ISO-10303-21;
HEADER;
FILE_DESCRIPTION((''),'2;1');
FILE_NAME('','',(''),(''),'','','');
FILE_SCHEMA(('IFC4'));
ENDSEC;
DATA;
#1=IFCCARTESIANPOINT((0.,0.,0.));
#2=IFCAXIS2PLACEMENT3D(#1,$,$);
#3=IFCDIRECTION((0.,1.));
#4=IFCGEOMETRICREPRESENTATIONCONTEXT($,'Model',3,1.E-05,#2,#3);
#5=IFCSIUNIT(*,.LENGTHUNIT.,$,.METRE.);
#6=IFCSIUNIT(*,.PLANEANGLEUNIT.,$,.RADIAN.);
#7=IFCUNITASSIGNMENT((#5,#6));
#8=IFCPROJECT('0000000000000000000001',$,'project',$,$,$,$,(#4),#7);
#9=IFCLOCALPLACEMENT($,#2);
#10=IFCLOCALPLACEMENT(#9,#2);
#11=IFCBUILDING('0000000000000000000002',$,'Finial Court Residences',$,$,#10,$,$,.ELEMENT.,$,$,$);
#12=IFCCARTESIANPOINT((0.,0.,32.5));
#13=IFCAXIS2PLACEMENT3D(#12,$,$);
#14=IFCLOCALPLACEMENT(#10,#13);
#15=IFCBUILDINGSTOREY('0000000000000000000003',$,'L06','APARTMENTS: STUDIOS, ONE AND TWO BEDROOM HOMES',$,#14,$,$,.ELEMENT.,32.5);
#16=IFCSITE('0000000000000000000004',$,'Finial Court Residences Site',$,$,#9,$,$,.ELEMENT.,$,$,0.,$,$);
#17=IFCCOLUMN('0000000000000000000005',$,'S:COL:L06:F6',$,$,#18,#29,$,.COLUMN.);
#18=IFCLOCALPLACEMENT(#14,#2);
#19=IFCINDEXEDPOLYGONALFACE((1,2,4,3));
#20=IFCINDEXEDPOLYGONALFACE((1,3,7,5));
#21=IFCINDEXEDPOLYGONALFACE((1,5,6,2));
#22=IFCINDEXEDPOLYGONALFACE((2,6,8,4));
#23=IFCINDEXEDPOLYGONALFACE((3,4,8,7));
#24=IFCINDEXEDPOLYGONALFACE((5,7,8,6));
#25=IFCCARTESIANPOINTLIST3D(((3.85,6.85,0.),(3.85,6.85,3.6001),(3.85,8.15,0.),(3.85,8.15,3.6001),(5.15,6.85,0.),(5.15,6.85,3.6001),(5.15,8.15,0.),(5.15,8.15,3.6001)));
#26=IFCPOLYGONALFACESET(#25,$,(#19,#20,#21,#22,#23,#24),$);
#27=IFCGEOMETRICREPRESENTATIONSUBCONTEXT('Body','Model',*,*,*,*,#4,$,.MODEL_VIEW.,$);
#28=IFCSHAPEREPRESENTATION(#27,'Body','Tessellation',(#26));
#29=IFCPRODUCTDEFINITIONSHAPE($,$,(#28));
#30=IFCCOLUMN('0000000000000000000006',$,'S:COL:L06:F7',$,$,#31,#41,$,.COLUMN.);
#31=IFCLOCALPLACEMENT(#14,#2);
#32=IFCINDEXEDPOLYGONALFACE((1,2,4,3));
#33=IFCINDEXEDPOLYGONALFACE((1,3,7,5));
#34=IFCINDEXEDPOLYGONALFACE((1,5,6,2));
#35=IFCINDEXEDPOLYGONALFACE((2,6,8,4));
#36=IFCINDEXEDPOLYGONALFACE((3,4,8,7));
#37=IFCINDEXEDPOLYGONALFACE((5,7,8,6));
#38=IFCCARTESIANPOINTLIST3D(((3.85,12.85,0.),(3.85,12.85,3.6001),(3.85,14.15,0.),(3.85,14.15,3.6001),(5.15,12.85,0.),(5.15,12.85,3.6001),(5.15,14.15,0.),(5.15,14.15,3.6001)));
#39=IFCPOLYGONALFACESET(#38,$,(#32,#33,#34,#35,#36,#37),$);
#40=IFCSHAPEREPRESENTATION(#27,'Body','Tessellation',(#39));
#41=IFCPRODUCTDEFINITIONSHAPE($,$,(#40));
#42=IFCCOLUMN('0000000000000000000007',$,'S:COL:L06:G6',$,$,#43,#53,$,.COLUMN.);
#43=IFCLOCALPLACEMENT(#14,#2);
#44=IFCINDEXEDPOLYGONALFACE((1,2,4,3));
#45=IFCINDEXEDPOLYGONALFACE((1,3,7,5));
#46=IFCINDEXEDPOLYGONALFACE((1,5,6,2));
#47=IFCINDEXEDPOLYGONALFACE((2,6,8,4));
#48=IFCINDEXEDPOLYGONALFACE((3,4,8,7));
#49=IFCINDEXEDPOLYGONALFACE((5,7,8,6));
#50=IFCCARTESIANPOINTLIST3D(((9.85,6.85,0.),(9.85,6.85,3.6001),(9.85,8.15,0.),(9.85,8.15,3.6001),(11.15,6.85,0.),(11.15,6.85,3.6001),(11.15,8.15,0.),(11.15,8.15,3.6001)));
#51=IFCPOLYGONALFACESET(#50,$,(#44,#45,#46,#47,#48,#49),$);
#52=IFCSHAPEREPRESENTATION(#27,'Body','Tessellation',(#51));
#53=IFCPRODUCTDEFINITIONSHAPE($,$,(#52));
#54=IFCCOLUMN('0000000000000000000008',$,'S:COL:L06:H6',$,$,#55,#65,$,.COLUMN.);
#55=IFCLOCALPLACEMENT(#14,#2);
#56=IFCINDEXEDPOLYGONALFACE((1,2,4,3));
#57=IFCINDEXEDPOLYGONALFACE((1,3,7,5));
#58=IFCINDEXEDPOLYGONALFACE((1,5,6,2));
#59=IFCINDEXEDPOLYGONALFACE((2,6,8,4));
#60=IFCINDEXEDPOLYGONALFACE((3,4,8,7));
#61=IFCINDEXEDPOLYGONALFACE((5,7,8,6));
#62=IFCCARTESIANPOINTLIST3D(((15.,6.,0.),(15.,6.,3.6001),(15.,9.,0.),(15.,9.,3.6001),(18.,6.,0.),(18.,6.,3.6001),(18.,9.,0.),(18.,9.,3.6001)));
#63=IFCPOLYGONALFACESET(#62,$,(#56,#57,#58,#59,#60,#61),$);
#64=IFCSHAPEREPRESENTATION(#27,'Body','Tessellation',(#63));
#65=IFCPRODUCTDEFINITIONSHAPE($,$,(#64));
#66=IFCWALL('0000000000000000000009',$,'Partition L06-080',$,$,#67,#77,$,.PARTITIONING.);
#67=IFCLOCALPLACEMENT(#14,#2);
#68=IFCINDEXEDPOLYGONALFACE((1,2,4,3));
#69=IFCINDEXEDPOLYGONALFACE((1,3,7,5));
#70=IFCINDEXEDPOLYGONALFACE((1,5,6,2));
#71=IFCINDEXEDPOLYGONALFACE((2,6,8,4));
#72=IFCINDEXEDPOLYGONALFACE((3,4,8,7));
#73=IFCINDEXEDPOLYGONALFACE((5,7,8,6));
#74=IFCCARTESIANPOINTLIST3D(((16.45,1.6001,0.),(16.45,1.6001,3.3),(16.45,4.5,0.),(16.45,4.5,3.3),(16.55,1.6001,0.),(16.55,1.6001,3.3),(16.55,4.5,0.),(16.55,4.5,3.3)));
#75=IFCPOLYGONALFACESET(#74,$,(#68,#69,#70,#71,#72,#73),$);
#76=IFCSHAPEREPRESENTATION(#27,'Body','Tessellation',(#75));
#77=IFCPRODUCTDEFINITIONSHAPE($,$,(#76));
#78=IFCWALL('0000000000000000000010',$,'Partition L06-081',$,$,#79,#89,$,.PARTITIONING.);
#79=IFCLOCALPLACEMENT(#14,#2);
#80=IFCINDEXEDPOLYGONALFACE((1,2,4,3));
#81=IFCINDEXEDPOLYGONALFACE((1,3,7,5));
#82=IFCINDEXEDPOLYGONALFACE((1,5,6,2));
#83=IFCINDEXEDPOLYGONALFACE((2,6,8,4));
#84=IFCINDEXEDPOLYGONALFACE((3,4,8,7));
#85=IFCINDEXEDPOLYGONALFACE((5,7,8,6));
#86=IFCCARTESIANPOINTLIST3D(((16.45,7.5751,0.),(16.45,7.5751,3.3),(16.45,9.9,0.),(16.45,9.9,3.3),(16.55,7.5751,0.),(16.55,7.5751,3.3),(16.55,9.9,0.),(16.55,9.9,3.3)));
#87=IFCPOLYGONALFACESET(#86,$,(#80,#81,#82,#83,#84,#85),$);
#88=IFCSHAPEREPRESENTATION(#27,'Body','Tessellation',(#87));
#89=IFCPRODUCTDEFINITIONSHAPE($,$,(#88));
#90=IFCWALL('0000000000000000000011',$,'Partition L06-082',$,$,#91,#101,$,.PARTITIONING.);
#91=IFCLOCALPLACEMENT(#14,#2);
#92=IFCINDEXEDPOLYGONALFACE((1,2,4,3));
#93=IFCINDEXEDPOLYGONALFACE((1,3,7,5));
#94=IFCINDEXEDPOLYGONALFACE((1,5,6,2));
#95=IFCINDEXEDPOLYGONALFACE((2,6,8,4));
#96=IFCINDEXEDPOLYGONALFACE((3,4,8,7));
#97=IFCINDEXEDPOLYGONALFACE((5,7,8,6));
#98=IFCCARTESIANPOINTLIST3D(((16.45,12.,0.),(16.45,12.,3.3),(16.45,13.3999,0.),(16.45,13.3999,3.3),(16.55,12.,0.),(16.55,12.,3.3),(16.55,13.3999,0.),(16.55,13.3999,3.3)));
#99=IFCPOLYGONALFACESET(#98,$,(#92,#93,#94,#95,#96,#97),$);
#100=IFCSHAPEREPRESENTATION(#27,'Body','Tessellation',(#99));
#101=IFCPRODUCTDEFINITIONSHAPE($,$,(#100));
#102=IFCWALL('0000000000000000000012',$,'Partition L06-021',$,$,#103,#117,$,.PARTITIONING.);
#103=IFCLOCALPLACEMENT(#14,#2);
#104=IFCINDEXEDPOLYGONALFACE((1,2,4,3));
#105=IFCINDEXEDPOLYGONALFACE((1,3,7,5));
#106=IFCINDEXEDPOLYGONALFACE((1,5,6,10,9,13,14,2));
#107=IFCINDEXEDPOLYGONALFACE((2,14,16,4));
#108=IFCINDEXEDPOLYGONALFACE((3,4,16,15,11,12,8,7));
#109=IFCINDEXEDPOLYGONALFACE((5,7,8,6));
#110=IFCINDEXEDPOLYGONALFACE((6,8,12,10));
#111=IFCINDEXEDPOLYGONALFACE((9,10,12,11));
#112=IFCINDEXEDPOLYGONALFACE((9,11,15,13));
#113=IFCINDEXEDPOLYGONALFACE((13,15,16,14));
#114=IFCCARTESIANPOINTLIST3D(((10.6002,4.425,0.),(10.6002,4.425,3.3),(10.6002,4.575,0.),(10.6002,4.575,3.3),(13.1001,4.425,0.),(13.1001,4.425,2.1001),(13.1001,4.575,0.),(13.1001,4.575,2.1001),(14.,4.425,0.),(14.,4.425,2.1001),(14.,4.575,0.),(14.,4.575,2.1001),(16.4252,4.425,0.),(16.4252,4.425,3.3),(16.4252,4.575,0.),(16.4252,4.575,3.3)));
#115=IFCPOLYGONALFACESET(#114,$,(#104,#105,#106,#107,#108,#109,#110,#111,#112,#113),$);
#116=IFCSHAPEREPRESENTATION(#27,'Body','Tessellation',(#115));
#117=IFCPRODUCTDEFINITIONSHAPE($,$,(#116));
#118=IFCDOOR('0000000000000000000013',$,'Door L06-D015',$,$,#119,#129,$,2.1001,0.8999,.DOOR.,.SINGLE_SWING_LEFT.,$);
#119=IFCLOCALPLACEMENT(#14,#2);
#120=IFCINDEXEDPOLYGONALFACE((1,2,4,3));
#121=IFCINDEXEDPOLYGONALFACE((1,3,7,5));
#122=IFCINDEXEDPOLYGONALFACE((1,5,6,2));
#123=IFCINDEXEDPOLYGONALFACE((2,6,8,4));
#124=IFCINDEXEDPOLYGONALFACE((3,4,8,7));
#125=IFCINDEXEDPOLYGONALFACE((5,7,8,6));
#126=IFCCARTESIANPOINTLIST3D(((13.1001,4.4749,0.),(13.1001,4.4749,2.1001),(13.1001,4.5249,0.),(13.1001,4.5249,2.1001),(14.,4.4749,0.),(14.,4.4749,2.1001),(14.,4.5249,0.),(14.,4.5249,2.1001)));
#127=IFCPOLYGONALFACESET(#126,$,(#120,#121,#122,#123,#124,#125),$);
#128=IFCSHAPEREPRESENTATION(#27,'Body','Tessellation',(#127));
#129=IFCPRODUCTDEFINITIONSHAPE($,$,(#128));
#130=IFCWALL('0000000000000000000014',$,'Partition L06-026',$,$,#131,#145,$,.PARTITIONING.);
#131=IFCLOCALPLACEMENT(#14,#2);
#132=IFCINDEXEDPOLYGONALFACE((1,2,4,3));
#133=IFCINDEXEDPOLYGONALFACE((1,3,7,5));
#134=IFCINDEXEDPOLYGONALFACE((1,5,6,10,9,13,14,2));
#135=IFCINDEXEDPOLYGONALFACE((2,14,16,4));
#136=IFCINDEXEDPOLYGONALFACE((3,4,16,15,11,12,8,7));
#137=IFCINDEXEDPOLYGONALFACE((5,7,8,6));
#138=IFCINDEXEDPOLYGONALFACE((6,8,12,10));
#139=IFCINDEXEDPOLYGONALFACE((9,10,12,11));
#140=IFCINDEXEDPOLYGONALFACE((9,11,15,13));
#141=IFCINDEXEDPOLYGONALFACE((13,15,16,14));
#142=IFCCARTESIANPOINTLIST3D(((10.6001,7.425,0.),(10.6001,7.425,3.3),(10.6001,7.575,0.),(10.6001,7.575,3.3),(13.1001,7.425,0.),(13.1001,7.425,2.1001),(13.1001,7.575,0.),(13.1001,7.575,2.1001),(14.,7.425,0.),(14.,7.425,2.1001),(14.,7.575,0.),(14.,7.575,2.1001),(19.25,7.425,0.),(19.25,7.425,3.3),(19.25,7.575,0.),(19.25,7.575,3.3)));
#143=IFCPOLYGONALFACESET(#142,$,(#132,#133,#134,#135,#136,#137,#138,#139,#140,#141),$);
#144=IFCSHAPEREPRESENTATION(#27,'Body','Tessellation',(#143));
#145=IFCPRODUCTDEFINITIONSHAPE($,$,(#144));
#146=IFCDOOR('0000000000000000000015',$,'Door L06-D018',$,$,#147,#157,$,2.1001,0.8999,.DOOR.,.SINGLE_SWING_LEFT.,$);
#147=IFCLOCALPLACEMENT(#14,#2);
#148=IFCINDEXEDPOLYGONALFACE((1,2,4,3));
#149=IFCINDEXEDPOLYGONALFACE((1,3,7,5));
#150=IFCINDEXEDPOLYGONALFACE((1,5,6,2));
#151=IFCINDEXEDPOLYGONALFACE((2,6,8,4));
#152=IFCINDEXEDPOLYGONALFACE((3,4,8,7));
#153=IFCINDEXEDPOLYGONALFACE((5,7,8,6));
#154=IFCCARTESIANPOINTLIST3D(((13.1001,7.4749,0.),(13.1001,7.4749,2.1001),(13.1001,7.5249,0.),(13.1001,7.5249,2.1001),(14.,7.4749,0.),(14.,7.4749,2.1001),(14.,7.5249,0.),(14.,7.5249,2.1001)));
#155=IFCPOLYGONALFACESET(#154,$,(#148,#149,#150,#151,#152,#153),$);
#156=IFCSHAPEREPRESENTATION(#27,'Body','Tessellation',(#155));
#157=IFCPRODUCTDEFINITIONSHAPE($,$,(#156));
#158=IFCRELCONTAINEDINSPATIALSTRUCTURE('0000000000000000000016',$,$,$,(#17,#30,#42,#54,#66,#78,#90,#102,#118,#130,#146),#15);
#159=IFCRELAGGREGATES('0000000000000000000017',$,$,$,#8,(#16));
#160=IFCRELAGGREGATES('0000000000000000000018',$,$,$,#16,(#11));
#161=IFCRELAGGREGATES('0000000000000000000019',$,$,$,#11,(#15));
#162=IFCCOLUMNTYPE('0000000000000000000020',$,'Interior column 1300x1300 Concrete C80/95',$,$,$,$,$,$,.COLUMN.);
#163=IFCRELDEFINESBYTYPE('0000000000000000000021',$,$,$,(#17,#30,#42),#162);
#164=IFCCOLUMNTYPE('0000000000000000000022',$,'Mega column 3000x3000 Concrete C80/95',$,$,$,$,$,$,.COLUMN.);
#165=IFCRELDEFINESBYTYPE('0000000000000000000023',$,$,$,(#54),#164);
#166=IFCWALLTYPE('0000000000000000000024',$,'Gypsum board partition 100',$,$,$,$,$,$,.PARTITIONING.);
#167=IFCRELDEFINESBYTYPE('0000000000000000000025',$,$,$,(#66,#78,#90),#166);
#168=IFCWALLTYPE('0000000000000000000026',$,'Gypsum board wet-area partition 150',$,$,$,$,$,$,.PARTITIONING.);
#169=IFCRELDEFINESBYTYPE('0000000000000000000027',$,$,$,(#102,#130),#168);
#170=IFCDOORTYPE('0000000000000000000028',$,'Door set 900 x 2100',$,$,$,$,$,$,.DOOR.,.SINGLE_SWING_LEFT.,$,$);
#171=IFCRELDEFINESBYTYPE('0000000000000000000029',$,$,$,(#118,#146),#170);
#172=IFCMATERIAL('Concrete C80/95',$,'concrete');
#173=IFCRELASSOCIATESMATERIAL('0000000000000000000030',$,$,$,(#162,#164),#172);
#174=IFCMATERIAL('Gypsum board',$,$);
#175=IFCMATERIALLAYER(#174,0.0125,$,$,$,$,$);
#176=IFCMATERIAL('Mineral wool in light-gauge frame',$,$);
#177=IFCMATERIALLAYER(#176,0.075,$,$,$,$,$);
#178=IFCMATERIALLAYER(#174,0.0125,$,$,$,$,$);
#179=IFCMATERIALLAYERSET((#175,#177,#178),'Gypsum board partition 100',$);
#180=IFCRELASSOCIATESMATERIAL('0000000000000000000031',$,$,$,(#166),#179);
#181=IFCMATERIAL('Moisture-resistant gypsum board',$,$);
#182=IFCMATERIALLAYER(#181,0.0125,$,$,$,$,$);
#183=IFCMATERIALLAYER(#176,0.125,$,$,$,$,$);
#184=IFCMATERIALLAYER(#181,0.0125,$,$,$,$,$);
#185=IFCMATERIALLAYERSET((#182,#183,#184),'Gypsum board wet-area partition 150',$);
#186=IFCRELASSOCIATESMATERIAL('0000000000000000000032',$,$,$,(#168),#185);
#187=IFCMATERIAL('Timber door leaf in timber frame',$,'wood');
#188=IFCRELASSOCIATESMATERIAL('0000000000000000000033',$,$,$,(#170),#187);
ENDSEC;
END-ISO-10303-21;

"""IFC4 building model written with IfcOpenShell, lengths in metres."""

from ifc_helpers import new_model, si_unit, direction, frame, frame_2d, origin, origin_2d, place, context, subcontext, project, spatial, rectangle, extrude, material, layer, layer_set, material_profile, profile_set, type_object, element, fill, save


model = new_model("IFC4")

# Units and contexts
model_context = context("Model", 3, precision=1e-05, world=origin(), true_north=direction((0.0, 1.0)))
body_context = subcontext(model_context, "Body", "Model", "MODEL_VIEW")
ifc_project = project(units=[si_unit("LENGTHUNIT", "METRE"), si_unit("PLANEANGLEUNIT", "RADIAN")], contexts=[model_context])

# Site, building, storey
site_placement = place(None, origin())
site = spatial("IfcSite", under=ifc_project, at=site_placement, Name="Finial Court Residences Site", CompositionType="ELEMENT", RefElevation=0.0)
building_placement = place(site_placement, origin())
building = spatial("IfcBuilding", under=site, at=building_placement, Name="Finial Court Residences", CompositionType="ELEMENT")
storey_placement = place(building_placement, frame((0.0, 0.0, 32.5)))
storey = spatial("IfcBuildingStorey", under=building, at=storey_placement, Name="L06", Description="APARTMENTS: STUDIOS, ONE AND TWO BEDROOM HOMES", CompositionType="ELEMENT", Elevation=32.5)

# Columns
ifc_material_1 = material(Name="Concrete C80/95", Category="concrete")
ifc_material_profile_1 = material_profile(ifc_material_1, rectangle(XDim=1.3, YDim=1.3, at=origin_2d()), Name="1300x1300")
ifc_profile_set_1 = profile_set([ifc_material_profile_1], Name="Concrete C80/95")
column_type_1 = type_object("IfcColumnType", Name="Interior column 1300x1300 Concrete C80/95", PredefinedType="COLUMN", material=ifc_profile_set_1)
for number, where, z_axis, x_axis, name in (
    (1, (4.5, 7.5, 0.0), (0.0, 0.0, 1.0), (1.0, 0.0, 0.0), "S:COL:L06:F6"),
    (2, (4.5, 13.5, 0.0), (0.0, 0.0, 1.0), (1.0, 0.0, 0.0), "S:COL:L06:F7"),
    (3, (10.5, 7.5, 0.0), (0.0, 0.0, 1.0), (1.0, 0.0, 0.0), "S:COL:L06:G6"),
):
    element("IfcColumn", number, at=place(storey_placement, frame(where, z_axis=z_axis, x_axis=x_axis)), inside=storey, type_object=column_type_1, Name=name, PredefinedType="COLUMN", context=body_context, shape_type="SweptSolid", body=[
        extrude(rectangle(XDim=1.3, YDim=1.3, at=origin_2d()), origin(), (0.0, 0.0, 1.0), 3.6001),
    ])
ifc_material_profile_2 = material_profile(ifc_material_1, rectangle(XDim=3.0, YDim=3.0, at=origin_2d()), Name="3000x3000")
ifc_profile_set_2 = profile_set([ifc_material_profile_2], Name="Concrete C80/95")
column_type_2 = type_object("IfcColumnType", Name="Mega column 3000x3000 Concrete C80/95", PredefinedType="COLUMN", material=ifc_profile_set_2)
column_placement = place(storey_placement, frame((16.5, 7.5, 0.0), z_axis=(0.0, 0.0, 1.0), x_axis=(1.0, 0.0, 0.0)))
element("IfcColumn", 4, at=column_placement, inside=storey, type_object=column_type_2, Name="S:COL:L06:H6", PredefinedType="COLUMN", context=body_context, shape_type="SweptSolid", body=[
    extrude(rectangle(XDim=3.0, YDim=3.0, at=origin_2d()), origin(), (0.0, 0.0, 1.0), 3.6001),
])

# Walls
ifc_material_2 = material(Name="Gypsum board")
ifc_layer_1 = layer(ifc_material_2, 0.0125)
ifc_material_3 = material(Name="Mineral wool in light-gauge frame")
ifc_layer_2 = layer(ifc_material_3, 0.075)
ifc_layer_3 = layer(ifc_material_2, 0.0125)
ifc_layer_set_1 = layer_set([ifc_layer_1, ifc_layer_2, ifc_layer_3], Name="Gypsum board partition 100")
wall_type_1 = type_object("IfcWallType", Name="Gypsum board partition 100", PredefinedType="PARTITIONING", material=ifc_layer_set_1)
wall_1_placement = place(storey_placement, frame((16.5, 1.6001, 0.0), z_axis=(0.0, 0.0, 1.0), x_axis=(0.0, 1.0, 0.0)))
element("IfcWall", 5, at=wall_1_placement, inside=storey, type_object=wall_type_1, Name="Partition L06-080", PredefinedType="PARTITIONING", context=body_context, shape_type="SweptSolid", body=[
    extrude(rectangle(XDim=2.8999, YDim=0.1001, at=frame_2d((1.45, 0.0))), origin(), (0.0, 0.0, 1.0), 3.3),
])
wall_2_placement = place(storey_placement, frame((16.5, 7.575, 0.0), z_axis=(0.0, 0.0, 1.0), x_axis=(0.0, 1.0, 0.0)))
element("IfcWall", 6, at=wall_2_placement, inside=storey, type_object=wall_type_1, Name="Partition L06-081", PredefinedType="PARTITIONING", context=body_context, shape_type="SweptSolid", body=[
    extrude(rectangle(XDim=2.325, YDim=0.1001, at=frame_2d((1.1626, 0.0))), origin(), (0.0, 0.0, 1.0), 3.3),
])
wall_3_placement = place(storey_placement, frame((16.5, 12.0, 0.0), z_axis=(0.0, 0.0, 1.0), x_axis=(0.0, 1.0, 0.0)))
element("IfcWall", 7, at=wall_3_placement, inside=storey, type_object=wall_type_1, Name="Partition L06-082", PredefinedType="PARTITIONING", context=body_context, shape_type="SweptSolid", body=[
    extrude(rectangle(XDim=1.3999, YDim=0.1001, at=frame_2d((0.7, 0.0))), origin(), (0.0, 0.0, 1.0), 3.3),
])

# Walls, openings, doors
ifc_material_4 = material(Name="Moisture-resistant gypsum board")
ifc_layer_4 = layer(ifc_material_4, 0.0125)
ifc_layer_5 = layer(ifc_material_3, 0.125)
ifc_layer_6 = layer(ifc_material_4, 0.0125)
ifc_layer_set_2 = layer_set([ifc_layer_4, ifc_layer_5, ifc_layer_6], Name="Gypsum board wet-area partition 150")
wall_type_2 = type_object("IfcWallType", Name="Gypsum board wet-area partition 150", PredefinedType="PARTITIONING", material=ifc_layer_set_2)
wall_4_placement = place(storey_placement, frame((10.6001, 4.5, 0.0), z_axis=(0.0, 0.0, 1.0), x_axis=(1.0, 0.0, 0.0)))
wall_4 = element("IfcWall", 8, at=wall_4_placement, inside=storey, type_object=wall_type_2, Name="Partition L06-021", PredefinedType="PARTITIONING", context=body_context, shape_type="SweptSolid", body=[
    extrude(rectangle(XDim=5.825, YDim=0.1499, at=frame_2d((2.9126, 0.0))), origin(), (0.0, 0.0, 1.0), 3.3),
])
opening_1_placement = place(wall_4_placement, frame((2.5, 0.0, 0.0)))
opening_1 = element("IfcOpeningElement", 9, at=opening_1_placement, cuts=wall_4, PredefinedType="OPENING", context=body_context, shape_type="SweptSolid", body=[
    extrude(rectangle(XDim=0.8999, YDim=2.1001, at=frame_2d((0.45, 1.05))), frame((0.0, 0.085, 0.0), z_axis=(0.0, -1.0, 0.0), x_axis=(1.0, 0.0, 0.0)), (0.0, 0.0, 1.0), 0.1699),
])
ifc_material_5 = material(Name="Timber door leaf in timber frame", Category="wood")
door_type = type_object("IfcDoorType", Name="Door set 900 x 2100", OperationType="SINGLE_SWING_LEFT", PredefinedType="DOOR", material=ifc_material_5)
door_1_placement = place(opening_1_placement, origin())
door_1 = element("IfcDoor", 10, at=door_1_placement, inside=storey, type_object=door_type, Name="Door L06-D015", OperationType="SINGLE_SWING_LEFT", OverallHeight=2.1001, OverallWidth=0.8999, PredefinedType="DOOR", context=body_context, shape_type="SweptSolid", body=[
    extrude(rectangle(XDim=0.8999, YDim=2.1001, at=frame_2d((0.45, 1.05))), frame((0.0, 0.0249, 0.0), z_axis=(0.0, -1.0, 0.0), x_axis=(1.0, 0.0, 0.0)), (0.0, 0.0, 1.0), 0.05),
])
fill(opening_1, door_1)
wall_5_placement = place(storey_placement, frame((10.6001, 7.5, 0.0), z_axis=(0.0, 0.0, 1.0), x_axis=(1.0, 0.0, 0.0)))
wall_5 = element("IfcWall", 11, at=wall_5_placement, inside=storey, type_object=wall_type_2, Name="Partition L06-026", PredefinedType="PARTITIONING", context=body_context, shape_type="SweptSolid", body=[
    extrude(rectangle(XDim=8.6499, YDim=0.1499, at=frame_2d((4.325, 0.0))), origin(), (0.0, 0.0, 1.0), 3.3),
])
opening_2_placement = place(wall_5_placement, frame((2.5, 0.0, 0.0)))
opening_2 = element("IfcOpeningElement", 12, at=opening_2_placement, cuts=wall_5, PredefinedType="OPENING", context=body_context, shape_type="SweptSolid", body=[
    extrude(rectangle(XDim=0.8999, YDim=2.1001, at=frame_2d((0.45, 1.05))), frame((0.0, 0.085, 0.0), z_axis=(0.0, -1.0, 0.0), x_axis=(1.0, 0.0, 0.0)), (0.0, 0.0, 1.0), 0.1699),
])
door_2_placement = place(opening_2_placement, origin())
door_2 = element("IfcDoor", 13, at=door_2_placement, inside=storey, type_object=door_type, Name="Door L06-D018", OperationType="SINGLE_SWING_LEFT", OverallHeight=2.1001, OverallWidth=0.8999, PredefinedType="DOOR", context=body_context, shape_type="SweptSolid", body=[
    extrude(rectangle(XDim=0.8999, YDim=2.1001, at=frame_2d((0.45, 1.05))), frame((0.0, 0.0249, 0.0), z_axis=(0.0, -1.0, 0.0), x_axis=(1.0, 0.0, 0.0)), (0.0, 0.0, 1.0), 0.05),
])
fill(opening_2, door_2)

save(model, "model.ifc")
